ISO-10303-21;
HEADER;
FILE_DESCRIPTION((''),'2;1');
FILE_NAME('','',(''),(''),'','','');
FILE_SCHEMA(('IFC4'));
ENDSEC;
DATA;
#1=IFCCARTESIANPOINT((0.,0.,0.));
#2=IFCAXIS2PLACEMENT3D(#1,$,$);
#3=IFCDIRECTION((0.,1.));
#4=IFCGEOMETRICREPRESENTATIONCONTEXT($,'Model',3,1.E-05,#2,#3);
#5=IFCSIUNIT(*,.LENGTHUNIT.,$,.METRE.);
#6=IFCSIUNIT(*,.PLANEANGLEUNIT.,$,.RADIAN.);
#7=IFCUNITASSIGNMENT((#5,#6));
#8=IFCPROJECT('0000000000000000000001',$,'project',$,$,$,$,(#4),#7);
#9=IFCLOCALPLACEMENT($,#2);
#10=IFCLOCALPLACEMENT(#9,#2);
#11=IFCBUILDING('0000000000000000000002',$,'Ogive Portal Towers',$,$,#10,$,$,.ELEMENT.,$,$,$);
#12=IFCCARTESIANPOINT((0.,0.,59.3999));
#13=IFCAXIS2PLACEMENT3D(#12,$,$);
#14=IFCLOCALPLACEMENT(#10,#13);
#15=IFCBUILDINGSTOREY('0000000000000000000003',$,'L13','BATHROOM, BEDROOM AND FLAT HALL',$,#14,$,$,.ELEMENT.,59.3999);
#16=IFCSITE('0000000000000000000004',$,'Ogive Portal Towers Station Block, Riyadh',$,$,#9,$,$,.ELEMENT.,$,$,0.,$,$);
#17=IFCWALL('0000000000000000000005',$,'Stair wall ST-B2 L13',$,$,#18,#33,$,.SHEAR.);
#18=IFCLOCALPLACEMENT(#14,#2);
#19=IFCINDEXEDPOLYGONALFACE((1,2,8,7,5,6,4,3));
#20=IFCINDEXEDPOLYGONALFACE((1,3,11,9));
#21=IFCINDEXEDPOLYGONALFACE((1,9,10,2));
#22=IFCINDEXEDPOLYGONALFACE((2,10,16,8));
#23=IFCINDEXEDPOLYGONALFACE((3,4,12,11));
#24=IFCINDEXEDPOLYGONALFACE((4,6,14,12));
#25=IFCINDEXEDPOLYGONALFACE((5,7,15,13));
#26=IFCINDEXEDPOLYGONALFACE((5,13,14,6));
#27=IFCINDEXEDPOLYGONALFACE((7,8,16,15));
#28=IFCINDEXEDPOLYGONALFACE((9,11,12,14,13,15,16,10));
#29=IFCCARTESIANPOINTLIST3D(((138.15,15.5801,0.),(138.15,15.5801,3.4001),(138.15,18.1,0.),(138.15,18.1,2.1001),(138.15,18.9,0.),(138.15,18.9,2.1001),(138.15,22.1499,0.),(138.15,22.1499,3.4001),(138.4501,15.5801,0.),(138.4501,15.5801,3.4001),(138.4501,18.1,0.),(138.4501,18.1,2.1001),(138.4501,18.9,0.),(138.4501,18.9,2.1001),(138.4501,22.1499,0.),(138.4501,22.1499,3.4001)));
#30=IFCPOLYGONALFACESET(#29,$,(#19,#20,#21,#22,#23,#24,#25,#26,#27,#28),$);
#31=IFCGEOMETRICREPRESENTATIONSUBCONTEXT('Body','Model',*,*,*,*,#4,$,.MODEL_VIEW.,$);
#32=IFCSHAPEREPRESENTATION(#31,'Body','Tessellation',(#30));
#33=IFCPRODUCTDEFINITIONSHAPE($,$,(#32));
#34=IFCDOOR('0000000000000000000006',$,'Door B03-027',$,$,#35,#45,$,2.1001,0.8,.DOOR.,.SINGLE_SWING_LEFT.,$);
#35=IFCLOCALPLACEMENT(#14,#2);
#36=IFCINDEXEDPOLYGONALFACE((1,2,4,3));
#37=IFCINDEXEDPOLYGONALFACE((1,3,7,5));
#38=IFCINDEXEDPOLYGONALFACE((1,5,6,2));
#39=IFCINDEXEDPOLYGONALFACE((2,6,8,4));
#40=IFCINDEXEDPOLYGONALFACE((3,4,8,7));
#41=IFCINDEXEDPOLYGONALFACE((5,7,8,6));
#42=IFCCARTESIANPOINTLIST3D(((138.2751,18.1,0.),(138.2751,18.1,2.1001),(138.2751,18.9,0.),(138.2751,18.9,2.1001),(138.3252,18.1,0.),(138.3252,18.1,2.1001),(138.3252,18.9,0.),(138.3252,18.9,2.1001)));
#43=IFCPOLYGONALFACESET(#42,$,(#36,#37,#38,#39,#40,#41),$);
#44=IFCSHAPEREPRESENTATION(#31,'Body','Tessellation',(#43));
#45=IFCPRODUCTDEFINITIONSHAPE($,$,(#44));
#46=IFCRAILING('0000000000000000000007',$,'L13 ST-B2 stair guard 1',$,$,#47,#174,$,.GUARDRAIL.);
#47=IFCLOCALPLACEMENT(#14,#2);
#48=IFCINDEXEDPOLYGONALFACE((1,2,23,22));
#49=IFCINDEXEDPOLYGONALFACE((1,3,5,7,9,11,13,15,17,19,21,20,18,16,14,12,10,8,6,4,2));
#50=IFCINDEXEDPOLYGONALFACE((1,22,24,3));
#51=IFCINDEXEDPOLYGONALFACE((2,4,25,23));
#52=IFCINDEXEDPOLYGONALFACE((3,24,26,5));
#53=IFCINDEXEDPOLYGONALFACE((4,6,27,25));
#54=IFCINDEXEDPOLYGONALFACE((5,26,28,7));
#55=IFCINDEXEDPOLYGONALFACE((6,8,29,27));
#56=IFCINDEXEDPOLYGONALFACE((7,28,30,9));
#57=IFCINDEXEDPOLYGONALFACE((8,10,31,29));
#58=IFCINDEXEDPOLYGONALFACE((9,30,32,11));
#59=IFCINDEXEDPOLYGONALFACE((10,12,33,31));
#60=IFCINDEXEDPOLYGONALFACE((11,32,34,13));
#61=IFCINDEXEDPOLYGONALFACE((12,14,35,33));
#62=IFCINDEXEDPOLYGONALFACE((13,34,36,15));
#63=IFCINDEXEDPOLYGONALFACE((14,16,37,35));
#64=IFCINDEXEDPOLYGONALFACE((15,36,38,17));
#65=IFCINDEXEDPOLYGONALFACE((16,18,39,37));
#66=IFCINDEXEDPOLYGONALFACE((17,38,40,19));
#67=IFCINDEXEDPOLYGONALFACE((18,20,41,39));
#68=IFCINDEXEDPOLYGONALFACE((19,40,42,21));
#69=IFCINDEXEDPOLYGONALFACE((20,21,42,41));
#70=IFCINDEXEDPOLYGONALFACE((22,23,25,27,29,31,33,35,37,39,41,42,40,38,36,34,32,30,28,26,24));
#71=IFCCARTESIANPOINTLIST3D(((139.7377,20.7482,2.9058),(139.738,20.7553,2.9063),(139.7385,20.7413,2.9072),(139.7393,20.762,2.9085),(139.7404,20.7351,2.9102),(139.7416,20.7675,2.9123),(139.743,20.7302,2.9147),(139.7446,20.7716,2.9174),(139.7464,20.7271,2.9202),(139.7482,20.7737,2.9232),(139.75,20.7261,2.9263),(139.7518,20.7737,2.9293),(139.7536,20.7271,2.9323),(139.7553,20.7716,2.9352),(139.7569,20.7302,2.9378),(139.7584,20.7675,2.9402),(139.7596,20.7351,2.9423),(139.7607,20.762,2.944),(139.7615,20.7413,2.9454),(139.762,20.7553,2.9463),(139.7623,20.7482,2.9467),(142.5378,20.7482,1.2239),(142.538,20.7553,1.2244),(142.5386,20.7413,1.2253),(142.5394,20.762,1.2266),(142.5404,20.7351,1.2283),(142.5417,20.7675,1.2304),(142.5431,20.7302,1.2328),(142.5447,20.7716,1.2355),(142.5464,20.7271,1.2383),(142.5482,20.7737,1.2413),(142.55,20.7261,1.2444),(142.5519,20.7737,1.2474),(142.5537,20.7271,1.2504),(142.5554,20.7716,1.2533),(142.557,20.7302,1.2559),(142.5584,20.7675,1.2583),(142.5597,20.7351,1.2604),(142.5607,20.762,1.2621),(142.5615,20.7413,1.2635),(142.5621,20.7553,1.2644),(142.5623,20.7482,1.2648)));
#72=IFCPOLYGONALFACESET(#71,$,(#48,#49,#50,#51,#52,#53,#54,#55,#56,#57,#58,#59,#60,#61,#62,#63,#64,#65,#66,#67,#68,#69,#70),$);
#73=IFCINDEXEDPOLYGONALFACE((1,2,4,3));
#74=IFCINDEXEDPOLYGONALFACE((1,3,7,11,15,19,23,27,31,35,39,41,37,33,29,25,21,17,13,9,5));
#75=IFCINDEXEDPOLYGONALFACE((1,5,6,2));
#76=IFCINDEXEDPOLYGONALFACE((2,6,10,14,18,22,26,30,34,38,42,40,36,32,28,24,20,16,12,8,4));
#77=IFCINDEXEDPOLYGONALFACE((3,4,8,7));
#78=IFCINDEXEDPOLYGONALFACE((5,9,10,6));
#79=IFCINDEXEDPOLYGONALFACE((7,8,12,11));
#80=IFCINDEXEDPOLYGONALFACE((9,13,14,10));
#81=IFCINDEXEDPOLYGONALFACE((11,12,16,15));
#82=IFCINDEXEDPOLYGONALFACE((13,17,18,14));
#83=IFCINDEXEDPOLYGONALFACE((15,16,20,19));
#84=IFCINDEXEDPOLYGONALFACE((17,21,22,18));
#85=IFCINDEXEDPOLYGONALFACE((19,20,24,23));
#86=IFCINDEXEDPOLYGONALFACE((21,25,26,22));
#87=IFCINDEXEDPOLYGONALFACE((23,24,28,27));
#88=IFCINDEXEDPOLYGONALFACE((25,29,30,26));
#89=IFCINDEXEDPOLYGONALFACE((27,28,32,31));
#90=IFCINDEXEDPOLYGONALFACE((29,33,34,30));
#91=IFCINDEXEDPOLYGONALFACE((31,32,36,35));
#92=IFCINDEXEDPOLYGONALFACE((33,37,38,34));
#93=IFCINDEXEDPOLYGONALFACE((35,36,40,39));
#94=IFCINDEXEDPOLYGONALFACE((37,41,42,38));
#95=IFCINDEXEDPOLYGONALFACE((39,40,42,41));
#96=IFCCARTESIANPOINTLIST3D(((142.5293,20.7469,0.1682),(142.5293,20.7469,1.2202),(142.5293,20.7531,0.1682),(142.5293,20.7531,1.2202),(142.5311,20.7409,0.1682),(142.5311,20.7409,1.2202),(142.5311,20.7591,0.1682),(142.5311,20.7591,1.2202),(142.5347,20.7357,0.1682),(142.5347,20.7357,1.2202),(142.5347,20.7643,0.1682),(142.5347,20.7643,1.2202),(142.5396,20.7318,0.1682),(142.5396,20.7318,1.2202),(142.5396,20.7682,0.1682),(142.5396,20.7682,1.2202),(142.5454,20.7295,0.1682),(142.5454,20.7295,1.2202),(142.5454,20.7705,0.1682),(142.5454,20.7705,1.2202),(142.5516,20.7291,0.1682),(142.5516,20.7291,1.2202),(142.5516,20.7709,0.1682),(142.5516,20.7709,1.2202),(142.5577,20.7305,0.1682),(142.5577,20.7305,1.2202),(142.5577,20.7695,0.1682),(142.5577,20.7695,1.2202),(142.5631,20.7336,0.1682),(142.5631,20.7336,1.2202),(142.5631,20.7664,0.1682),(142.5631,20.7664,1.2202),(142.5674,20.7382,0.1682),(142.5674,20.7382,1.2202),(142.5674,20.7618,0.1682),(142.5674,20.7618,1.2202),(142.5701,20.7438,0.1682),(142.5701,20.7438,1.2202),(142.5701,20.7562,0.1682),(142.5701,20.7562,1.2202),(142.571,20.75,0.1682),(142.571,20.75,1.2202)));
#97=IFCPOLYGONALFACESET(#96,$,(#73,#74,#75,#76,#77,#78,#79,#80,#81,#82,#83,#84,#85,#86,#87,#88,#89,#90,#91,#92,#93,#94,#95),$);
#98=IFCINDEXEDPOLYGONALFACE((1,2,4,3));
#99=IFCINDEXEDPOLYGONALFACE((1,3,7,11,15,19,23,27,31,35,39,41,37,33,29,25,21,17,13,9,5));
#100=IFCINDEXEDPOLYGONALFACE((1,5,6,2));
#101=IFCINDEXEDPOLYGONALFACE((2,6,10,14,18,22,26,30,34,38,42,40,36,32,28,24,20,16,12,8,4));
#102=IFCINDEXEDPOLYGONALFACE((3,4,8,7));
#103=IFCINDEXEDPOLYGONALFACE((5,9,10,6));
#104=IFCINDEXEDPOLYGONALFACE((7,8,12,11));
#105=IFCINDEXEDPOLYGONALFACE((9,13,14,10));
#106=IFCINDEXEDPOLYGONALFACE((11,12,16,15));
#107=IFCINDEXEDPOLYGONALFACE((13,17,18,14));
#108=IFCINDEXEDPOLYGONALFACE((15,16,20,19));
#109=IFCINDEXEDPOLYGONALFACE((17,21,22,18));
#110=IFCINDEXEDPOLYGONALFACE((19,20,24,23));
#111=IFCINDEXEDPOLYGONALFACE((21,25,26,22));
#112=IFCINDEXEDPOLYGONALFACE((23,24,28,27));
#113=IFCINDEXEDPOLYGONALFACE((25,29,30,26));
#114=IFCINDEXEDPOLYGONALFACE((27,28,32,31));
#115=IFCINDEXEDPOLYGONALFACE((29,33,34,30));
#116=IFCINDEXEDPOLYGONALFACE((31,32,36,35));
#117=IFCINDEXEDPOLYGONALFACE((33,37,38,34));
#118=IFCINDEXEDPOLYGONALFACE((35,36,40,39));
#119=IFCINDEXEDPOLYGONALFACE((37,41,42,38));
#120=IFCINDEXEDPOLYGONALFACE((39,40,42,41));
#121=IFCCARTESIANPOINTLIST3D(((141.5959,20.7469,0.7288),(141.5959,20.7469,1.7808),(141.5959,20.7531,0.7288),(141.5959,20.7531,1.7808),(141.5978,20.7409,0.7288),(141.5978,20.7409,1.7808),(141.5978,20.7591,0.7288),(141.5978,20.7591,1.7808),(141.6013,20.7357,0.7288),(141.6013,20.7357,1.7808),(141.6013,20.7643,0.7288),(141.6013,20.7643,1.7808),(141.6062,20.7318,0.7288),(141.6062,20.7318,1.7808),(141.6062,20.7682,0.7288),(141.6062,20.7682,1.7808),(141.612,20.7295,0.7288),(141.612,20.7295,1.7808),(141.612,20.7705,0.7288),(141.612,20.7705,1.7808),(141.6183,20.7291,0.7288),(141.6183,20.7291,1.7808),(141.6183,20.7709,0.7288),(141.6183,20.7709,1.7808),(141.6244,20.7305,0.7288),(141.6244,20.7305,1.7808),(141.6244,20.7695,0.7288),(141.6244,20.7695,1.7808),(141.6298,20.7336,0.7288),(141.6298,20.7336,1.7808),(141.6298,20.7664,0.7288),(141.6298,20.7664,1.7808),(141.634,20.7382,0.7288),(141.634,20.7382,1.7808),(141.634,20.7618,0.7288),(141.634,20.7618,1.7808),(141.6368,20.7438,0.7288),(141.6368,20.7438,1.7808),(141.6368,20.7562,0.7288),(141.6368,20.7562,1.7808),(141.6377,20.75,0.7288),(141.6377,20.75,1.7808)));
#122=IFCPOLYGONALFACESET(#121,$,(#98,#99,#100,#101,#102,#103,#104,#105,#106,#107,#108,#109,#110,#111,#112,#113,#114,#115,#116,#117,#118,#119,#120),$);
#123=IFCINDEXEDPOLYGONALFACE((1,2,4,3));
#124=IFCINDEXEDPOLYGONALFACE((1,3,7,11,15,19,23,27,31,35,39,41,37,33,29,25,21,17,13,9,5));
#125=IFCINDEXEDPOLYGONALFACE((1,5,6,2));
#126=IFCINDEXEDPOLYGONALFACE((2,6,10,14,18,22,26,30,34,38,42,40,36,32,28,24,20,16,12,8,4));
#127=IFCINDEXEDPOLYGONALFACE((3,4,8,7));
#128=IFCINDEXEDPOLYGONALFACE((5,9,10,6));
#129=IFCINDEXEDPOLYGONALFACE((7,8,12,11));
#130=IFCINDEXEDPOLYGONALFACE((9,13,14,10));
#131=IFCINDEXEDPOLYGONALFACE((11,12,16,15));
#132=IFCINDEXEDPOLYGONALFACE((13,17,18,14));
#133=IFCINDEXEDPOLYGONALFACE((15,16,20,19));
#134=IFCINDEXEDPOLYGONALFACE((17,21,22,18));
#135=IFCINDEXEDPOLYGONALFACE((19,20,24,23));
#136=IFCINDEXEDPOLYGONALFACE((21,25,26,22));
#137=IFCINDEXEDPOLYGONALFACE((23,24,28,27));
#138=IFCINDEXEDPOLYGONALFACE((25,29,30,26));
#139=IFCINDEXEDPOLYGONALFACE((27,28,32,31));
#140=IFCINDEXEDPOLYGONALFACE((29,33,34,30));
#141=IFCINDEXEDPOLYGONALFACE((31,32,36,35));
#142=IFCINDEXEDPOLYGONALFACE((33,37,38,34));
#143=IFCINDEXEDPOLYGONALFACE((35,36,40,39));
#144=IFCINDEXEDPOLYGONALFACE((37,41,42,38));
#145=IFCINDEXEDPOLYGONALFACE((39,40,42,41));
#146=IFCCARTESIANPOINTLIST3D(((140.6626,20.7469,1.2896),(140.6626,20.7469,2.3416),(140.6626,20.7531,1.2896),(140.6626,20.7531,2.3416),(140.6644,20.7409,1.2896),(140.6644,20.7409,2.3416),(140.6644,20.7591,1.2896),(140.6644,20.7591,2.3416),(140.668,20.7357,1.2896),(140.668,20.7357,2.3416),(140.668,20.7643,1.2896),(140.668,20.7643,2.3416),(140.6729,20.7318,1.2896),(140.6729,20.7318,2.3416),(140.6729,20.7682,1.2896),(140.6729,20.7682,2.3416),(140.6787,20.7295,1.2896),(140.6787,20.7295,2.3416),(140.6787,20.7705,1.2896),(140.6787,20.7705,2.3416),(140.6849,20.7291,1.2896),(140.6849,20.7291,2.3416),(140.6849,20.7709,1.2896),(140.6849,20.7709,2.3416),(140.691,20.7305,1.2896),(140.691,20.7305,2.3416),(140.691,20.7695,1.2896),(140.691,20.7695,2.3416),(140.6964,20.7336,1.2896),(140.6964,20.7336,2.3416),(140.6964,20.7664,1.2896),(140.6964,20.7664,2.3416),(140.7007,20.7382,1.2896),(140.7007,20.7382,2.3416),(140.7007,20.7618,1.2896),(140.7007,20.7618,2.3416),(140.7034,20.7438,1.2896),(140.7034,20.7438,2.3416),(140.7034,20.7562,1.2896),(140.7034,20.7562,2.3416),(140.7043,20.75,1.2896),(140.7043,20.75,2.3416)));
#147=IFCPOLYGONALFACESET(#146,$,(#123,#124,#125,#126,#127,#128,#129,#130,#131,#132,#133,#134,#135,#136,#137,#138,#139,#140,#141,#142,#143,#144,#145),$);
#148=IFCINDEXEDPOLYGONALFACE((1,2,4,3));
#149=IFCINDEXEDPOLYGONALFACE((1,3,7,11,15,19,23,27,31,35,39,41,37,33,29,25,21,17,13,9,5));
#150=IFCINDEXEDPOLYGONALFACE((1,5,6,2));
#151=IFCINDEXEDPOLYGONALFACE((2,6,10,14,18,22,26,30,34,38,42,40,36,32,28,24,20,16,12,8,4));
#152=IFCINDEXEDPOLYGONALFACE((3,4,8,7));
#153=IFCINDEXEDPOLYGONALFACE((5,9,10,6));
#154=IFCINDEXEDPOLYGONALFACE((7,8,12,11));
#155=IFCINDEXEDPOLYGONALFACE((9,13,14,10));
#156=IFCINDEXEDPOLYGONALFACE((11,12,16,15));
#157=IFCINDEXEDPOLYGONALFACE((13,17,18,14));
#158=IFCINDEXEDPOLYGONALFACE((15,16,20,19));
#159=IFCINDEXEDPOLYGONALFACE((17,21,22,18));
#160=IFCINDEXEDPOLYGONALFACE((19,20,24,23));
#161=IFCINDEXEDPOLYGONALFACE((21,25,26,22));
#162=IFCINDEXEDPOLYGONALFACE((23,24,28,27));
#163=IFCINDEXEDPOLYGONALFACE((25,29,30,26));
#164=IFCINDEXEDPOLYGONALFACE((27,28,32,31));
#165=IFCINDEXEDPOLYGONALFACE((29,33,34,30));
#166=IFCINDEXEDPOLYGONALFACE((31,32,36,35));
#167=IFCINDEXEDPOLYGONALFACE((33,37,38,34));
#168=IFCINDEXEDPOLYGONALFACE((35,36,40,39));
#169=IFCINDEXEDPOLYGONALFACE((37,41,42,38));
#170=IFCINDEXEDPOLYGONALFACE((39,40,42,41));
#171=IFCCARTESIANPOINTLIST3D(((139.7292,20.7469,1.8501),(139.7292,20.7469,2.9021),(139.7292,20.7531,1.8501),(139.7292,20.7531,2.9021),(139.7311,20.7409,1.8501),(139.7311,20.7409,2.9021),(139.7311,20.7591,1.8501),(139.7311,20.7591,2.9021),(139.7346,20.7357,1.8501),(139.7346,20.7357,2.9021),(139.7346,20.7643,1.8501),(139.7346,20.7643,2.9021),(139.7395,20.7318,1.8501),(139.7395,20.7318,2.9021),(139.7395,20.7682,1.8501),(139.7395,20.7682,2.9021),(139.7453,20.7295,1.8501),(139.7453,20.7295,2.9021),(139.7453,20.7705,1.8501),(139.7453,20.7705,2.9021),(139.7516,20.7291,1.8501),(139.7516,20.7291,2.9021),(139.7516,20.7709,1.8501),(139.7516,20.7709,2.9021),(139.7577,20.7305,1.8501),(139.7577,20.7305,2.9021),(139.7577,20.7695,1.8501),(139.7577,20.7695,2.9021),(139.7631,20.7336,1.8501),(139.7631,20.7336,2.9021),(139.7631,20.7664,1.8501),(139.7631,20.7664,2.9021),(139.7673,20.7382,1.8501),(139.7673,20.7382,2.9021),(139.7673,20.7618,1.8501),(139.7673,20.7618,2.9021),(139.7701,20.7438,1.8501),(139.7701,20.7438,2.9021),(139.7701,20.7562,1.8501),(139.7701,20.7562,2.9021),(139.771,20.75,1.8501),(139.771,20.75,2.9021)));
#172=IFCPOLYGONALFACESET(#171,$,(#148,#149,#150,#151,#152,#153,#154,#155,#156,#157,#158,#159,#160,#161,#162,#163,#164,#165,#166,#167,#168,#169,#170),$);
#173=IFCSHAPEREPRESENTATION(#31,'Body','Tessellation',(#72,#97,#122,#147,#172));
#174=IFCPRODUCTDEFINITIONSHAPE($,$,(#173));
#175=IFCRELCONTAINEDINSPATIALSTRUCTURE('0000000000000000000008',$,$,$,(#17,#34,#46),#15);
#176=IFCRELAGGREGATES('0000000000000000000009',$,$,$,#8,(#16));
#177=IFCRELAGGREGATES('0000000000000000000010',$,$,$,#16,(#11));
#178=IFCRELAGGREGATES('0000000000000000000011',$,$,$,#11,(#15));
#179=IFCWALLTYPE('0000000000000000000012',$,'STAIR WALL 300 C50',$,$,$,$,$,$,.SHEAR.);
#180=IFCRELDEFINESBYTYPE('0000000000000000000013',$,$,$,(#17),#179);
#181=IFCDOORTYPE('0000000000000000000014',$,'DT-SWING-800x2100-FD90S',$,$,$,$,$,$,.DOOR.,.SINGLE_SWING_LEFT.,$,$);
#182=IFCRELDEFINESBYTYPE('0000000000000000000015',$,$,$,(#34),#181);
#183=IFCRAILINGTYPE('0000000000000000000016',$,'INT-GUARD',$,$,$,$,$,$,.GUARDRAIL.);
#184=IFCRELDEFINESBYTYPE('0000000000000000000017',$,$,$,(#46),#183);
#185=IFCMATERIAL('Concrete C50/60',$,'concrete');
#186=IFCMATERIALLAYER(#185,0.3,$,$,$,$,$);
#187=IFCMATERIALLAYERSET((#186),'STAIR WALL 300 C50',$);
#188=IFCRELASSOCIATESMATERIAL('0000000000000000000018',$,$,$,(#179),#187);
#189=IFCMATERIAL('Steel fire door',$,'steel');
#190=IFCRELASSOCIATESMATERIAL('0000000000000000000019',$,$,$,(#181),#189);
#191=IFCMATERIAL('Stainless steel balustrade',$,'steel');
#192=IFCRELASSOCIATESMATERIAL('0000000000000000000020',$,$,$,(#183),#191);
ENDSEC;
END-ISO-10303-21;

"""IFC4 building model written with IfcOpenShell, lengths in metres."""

from ifc_helpers import new_model, si_unit, direction, frame, frame_2d, origin, origin_2d, place, context, subcontext, project, spatial, rectangle, circle, extrude, material, layer, layer_set, type_object, element, fill, save


model = new_model("IFC4")

# Units and contexts
model_context = context("Model", 3, precision=1e-05, world=origin(), true_north=direction((0.0, 1.0)))
body_context = subcontext(model_context, "Body", "Model", "MODEL_VIEW")
ifc_project = project(units=[si_unit("LENGTHUNIT", "METRE"), si_unit("PLANEANGLEUNIT", "RADIAN")], contexts=[model_context])

# Site, building, storey
site_placement = place(None, origin())
site = spatial("IfcSite", under=ifc_project, at=site_placement, Name="Ogive Portal Towers Station Block, Riyadh", CompositionType="ELEMENT", RefElevation=0.0)
building_placement = place(site_placement, origin())
building = spatial("IfcBuilding", under=site, at=building_placement, Name="Ogive Portal Towers", CompositionType="ELEMENT")
storey_placement = place(building_placement, frame((0.0, 0.0, 59.3999)))
storey = spatial("IfcBuildingStorey", under=building, at=storey_placement, Name="L13", Description="BATHROOM, BEDROOM AND FLAT HALL", CompositionType="ELEMENT", Elevation=59.3999)

# Shared definitions
ifc_material_1 = material(Name="Concrete C50/60", Category="concrete")

# Shared definitions
ifc_material_2 = material(Name="Steel fire door", Category="steel")

# Shared definitions
ifc_layer_1 = layer(ifc_material_1, 0.3)
ifc_layer_set_1 = layer_set([ifc_layer_1], Name="STAIR WALL 300 C50")
wall_type_1 = type_object("IfcWallType", Name="STAIR WALL 300 C50", PredefinedType="SHEAR", material=ifc_layer_set_1)

# Wall, opening, door
wall_1_placement = place(storey_placement, frame((138.3, 15.5801, 0.0), z_axis=(0.0, 0.0, 1.0), x_axis=(0.0, 1.0, 0.0)))
wall_1 = element("IfcWall", 1, at=wall_1_placement, inside=storey, type_object=wall_type_1, Name="Stair wall ST-B2 L13", PredefinedType="SHEAR", context=body_context, shape_type="SweptSolid", body=[
    extrude(rectangle(XDim=6.5698, YDim=0.3, at=frame_2d((3.2849, 0.0))), origin(), (0.0, 0.0, 1.0), 3.4001),
])
opening_1_placement = place(wall_1_placement, frame((2.52, 0.0, 0.0)))
opening_1 = element("IfcOpeningElement", 2, at=opening_1_placement, cuts=wall_1, PredefinedType="OPENING", context=body_context, shape_type="SweptSolid", body=[
    extrude(rectangle(XDim=0.8, YDim=2.1001, at=frame_2d((0.3999, 1.05))), frame((0.0, 0.1602, 0.0), z_axis=(0.0, -1.0, 0.0), x_axis=(1.0, 0.0, 0.0)), (0.0, 0.0, 1.0), 0.3201),
])
door_type_1 = type_object("IfcDoorType", Name="DT-SWING-800x2100-FD90S", OperationType="SINGLE_SWING_LEFT", PredefinedType="DOOR", material=ifc_material_2)
door_1_placement = place(opening_1_placement, origin())
door_1 = element("IfcDoor", 3, at=door_1_placement, inside=storey, type_object=door_type_1, Name="Door B03-027", OperationType="SINGLE_SWING_LEFT", OverallHeight=2.1001, OverallWidth=0.8, PredefinedType="DOOR", context=body_context, shape_type="SweptSolid", body=[
    extrude(rectangle(XDim=0.8, YDim=2.1001, at=frame_2d((0.3999, 1.05))), frame((0.0, 0.0249, 0.0), z_axis=(0.0, -1.0, 0.0), x_axis=(1.0, 0.0, 0.0)), (0.0, 0.0, 1.0), 0.05),
])
fill(opening_1, door_1)

# Railing
ifc_material_3 = material(Name="Stainless steel balustrade", Category="steel")
railing_type_1 = type_object("IfcRailingType", Name="INT-GUARD", PredefinedType="GUARDRAIL", material=ifc_material_3)
railing_1_placement = place(storey_placement, frame((142.55, 20.75, 0.1682)))
element("IfcRailing", 4, at=railing_1_placement, inside=storey, type_object=railing_type_1, Name="L13 ST-B2 stair guard 1", PredefinedType="GUARDRAIL", context=body_context, shape_type="SweptSolid", body=[
    extrude(circle(Radius=0.0239, at=origin_2d()), frame((0.0, 0.0, 1.0762), z_axis=(-0.857242, 0.0, 0.514913), x_axis=(0.0, -1.0, 0.0)), (0.0, 0.0, 1.0), 3.2664),
    extrude(circle(Radius=0.021, at=origin_2d()), origin(), (0.0, 0.0, 1.0), 1.052),
    extrude(circle(Radius=0.021, at=origin_2d()), frame((-0.9333, 0.0, 0.5605)), (0.0, 0.0, 1.0), 1.052),
    extrude(circle(Radius=0.021, at=origin_2d()), frame((-1.8667, 0.0, 1.1213)), (0.0, 0.0, 1.0), 1.052),
    extrude(circle(Radius=0.021, at=origin_2d()), frame((-2.8, 0.0, 1.6819)), (0.0, 0.0, 1.0), 1.052),
])

save(model, "model.ifc")
